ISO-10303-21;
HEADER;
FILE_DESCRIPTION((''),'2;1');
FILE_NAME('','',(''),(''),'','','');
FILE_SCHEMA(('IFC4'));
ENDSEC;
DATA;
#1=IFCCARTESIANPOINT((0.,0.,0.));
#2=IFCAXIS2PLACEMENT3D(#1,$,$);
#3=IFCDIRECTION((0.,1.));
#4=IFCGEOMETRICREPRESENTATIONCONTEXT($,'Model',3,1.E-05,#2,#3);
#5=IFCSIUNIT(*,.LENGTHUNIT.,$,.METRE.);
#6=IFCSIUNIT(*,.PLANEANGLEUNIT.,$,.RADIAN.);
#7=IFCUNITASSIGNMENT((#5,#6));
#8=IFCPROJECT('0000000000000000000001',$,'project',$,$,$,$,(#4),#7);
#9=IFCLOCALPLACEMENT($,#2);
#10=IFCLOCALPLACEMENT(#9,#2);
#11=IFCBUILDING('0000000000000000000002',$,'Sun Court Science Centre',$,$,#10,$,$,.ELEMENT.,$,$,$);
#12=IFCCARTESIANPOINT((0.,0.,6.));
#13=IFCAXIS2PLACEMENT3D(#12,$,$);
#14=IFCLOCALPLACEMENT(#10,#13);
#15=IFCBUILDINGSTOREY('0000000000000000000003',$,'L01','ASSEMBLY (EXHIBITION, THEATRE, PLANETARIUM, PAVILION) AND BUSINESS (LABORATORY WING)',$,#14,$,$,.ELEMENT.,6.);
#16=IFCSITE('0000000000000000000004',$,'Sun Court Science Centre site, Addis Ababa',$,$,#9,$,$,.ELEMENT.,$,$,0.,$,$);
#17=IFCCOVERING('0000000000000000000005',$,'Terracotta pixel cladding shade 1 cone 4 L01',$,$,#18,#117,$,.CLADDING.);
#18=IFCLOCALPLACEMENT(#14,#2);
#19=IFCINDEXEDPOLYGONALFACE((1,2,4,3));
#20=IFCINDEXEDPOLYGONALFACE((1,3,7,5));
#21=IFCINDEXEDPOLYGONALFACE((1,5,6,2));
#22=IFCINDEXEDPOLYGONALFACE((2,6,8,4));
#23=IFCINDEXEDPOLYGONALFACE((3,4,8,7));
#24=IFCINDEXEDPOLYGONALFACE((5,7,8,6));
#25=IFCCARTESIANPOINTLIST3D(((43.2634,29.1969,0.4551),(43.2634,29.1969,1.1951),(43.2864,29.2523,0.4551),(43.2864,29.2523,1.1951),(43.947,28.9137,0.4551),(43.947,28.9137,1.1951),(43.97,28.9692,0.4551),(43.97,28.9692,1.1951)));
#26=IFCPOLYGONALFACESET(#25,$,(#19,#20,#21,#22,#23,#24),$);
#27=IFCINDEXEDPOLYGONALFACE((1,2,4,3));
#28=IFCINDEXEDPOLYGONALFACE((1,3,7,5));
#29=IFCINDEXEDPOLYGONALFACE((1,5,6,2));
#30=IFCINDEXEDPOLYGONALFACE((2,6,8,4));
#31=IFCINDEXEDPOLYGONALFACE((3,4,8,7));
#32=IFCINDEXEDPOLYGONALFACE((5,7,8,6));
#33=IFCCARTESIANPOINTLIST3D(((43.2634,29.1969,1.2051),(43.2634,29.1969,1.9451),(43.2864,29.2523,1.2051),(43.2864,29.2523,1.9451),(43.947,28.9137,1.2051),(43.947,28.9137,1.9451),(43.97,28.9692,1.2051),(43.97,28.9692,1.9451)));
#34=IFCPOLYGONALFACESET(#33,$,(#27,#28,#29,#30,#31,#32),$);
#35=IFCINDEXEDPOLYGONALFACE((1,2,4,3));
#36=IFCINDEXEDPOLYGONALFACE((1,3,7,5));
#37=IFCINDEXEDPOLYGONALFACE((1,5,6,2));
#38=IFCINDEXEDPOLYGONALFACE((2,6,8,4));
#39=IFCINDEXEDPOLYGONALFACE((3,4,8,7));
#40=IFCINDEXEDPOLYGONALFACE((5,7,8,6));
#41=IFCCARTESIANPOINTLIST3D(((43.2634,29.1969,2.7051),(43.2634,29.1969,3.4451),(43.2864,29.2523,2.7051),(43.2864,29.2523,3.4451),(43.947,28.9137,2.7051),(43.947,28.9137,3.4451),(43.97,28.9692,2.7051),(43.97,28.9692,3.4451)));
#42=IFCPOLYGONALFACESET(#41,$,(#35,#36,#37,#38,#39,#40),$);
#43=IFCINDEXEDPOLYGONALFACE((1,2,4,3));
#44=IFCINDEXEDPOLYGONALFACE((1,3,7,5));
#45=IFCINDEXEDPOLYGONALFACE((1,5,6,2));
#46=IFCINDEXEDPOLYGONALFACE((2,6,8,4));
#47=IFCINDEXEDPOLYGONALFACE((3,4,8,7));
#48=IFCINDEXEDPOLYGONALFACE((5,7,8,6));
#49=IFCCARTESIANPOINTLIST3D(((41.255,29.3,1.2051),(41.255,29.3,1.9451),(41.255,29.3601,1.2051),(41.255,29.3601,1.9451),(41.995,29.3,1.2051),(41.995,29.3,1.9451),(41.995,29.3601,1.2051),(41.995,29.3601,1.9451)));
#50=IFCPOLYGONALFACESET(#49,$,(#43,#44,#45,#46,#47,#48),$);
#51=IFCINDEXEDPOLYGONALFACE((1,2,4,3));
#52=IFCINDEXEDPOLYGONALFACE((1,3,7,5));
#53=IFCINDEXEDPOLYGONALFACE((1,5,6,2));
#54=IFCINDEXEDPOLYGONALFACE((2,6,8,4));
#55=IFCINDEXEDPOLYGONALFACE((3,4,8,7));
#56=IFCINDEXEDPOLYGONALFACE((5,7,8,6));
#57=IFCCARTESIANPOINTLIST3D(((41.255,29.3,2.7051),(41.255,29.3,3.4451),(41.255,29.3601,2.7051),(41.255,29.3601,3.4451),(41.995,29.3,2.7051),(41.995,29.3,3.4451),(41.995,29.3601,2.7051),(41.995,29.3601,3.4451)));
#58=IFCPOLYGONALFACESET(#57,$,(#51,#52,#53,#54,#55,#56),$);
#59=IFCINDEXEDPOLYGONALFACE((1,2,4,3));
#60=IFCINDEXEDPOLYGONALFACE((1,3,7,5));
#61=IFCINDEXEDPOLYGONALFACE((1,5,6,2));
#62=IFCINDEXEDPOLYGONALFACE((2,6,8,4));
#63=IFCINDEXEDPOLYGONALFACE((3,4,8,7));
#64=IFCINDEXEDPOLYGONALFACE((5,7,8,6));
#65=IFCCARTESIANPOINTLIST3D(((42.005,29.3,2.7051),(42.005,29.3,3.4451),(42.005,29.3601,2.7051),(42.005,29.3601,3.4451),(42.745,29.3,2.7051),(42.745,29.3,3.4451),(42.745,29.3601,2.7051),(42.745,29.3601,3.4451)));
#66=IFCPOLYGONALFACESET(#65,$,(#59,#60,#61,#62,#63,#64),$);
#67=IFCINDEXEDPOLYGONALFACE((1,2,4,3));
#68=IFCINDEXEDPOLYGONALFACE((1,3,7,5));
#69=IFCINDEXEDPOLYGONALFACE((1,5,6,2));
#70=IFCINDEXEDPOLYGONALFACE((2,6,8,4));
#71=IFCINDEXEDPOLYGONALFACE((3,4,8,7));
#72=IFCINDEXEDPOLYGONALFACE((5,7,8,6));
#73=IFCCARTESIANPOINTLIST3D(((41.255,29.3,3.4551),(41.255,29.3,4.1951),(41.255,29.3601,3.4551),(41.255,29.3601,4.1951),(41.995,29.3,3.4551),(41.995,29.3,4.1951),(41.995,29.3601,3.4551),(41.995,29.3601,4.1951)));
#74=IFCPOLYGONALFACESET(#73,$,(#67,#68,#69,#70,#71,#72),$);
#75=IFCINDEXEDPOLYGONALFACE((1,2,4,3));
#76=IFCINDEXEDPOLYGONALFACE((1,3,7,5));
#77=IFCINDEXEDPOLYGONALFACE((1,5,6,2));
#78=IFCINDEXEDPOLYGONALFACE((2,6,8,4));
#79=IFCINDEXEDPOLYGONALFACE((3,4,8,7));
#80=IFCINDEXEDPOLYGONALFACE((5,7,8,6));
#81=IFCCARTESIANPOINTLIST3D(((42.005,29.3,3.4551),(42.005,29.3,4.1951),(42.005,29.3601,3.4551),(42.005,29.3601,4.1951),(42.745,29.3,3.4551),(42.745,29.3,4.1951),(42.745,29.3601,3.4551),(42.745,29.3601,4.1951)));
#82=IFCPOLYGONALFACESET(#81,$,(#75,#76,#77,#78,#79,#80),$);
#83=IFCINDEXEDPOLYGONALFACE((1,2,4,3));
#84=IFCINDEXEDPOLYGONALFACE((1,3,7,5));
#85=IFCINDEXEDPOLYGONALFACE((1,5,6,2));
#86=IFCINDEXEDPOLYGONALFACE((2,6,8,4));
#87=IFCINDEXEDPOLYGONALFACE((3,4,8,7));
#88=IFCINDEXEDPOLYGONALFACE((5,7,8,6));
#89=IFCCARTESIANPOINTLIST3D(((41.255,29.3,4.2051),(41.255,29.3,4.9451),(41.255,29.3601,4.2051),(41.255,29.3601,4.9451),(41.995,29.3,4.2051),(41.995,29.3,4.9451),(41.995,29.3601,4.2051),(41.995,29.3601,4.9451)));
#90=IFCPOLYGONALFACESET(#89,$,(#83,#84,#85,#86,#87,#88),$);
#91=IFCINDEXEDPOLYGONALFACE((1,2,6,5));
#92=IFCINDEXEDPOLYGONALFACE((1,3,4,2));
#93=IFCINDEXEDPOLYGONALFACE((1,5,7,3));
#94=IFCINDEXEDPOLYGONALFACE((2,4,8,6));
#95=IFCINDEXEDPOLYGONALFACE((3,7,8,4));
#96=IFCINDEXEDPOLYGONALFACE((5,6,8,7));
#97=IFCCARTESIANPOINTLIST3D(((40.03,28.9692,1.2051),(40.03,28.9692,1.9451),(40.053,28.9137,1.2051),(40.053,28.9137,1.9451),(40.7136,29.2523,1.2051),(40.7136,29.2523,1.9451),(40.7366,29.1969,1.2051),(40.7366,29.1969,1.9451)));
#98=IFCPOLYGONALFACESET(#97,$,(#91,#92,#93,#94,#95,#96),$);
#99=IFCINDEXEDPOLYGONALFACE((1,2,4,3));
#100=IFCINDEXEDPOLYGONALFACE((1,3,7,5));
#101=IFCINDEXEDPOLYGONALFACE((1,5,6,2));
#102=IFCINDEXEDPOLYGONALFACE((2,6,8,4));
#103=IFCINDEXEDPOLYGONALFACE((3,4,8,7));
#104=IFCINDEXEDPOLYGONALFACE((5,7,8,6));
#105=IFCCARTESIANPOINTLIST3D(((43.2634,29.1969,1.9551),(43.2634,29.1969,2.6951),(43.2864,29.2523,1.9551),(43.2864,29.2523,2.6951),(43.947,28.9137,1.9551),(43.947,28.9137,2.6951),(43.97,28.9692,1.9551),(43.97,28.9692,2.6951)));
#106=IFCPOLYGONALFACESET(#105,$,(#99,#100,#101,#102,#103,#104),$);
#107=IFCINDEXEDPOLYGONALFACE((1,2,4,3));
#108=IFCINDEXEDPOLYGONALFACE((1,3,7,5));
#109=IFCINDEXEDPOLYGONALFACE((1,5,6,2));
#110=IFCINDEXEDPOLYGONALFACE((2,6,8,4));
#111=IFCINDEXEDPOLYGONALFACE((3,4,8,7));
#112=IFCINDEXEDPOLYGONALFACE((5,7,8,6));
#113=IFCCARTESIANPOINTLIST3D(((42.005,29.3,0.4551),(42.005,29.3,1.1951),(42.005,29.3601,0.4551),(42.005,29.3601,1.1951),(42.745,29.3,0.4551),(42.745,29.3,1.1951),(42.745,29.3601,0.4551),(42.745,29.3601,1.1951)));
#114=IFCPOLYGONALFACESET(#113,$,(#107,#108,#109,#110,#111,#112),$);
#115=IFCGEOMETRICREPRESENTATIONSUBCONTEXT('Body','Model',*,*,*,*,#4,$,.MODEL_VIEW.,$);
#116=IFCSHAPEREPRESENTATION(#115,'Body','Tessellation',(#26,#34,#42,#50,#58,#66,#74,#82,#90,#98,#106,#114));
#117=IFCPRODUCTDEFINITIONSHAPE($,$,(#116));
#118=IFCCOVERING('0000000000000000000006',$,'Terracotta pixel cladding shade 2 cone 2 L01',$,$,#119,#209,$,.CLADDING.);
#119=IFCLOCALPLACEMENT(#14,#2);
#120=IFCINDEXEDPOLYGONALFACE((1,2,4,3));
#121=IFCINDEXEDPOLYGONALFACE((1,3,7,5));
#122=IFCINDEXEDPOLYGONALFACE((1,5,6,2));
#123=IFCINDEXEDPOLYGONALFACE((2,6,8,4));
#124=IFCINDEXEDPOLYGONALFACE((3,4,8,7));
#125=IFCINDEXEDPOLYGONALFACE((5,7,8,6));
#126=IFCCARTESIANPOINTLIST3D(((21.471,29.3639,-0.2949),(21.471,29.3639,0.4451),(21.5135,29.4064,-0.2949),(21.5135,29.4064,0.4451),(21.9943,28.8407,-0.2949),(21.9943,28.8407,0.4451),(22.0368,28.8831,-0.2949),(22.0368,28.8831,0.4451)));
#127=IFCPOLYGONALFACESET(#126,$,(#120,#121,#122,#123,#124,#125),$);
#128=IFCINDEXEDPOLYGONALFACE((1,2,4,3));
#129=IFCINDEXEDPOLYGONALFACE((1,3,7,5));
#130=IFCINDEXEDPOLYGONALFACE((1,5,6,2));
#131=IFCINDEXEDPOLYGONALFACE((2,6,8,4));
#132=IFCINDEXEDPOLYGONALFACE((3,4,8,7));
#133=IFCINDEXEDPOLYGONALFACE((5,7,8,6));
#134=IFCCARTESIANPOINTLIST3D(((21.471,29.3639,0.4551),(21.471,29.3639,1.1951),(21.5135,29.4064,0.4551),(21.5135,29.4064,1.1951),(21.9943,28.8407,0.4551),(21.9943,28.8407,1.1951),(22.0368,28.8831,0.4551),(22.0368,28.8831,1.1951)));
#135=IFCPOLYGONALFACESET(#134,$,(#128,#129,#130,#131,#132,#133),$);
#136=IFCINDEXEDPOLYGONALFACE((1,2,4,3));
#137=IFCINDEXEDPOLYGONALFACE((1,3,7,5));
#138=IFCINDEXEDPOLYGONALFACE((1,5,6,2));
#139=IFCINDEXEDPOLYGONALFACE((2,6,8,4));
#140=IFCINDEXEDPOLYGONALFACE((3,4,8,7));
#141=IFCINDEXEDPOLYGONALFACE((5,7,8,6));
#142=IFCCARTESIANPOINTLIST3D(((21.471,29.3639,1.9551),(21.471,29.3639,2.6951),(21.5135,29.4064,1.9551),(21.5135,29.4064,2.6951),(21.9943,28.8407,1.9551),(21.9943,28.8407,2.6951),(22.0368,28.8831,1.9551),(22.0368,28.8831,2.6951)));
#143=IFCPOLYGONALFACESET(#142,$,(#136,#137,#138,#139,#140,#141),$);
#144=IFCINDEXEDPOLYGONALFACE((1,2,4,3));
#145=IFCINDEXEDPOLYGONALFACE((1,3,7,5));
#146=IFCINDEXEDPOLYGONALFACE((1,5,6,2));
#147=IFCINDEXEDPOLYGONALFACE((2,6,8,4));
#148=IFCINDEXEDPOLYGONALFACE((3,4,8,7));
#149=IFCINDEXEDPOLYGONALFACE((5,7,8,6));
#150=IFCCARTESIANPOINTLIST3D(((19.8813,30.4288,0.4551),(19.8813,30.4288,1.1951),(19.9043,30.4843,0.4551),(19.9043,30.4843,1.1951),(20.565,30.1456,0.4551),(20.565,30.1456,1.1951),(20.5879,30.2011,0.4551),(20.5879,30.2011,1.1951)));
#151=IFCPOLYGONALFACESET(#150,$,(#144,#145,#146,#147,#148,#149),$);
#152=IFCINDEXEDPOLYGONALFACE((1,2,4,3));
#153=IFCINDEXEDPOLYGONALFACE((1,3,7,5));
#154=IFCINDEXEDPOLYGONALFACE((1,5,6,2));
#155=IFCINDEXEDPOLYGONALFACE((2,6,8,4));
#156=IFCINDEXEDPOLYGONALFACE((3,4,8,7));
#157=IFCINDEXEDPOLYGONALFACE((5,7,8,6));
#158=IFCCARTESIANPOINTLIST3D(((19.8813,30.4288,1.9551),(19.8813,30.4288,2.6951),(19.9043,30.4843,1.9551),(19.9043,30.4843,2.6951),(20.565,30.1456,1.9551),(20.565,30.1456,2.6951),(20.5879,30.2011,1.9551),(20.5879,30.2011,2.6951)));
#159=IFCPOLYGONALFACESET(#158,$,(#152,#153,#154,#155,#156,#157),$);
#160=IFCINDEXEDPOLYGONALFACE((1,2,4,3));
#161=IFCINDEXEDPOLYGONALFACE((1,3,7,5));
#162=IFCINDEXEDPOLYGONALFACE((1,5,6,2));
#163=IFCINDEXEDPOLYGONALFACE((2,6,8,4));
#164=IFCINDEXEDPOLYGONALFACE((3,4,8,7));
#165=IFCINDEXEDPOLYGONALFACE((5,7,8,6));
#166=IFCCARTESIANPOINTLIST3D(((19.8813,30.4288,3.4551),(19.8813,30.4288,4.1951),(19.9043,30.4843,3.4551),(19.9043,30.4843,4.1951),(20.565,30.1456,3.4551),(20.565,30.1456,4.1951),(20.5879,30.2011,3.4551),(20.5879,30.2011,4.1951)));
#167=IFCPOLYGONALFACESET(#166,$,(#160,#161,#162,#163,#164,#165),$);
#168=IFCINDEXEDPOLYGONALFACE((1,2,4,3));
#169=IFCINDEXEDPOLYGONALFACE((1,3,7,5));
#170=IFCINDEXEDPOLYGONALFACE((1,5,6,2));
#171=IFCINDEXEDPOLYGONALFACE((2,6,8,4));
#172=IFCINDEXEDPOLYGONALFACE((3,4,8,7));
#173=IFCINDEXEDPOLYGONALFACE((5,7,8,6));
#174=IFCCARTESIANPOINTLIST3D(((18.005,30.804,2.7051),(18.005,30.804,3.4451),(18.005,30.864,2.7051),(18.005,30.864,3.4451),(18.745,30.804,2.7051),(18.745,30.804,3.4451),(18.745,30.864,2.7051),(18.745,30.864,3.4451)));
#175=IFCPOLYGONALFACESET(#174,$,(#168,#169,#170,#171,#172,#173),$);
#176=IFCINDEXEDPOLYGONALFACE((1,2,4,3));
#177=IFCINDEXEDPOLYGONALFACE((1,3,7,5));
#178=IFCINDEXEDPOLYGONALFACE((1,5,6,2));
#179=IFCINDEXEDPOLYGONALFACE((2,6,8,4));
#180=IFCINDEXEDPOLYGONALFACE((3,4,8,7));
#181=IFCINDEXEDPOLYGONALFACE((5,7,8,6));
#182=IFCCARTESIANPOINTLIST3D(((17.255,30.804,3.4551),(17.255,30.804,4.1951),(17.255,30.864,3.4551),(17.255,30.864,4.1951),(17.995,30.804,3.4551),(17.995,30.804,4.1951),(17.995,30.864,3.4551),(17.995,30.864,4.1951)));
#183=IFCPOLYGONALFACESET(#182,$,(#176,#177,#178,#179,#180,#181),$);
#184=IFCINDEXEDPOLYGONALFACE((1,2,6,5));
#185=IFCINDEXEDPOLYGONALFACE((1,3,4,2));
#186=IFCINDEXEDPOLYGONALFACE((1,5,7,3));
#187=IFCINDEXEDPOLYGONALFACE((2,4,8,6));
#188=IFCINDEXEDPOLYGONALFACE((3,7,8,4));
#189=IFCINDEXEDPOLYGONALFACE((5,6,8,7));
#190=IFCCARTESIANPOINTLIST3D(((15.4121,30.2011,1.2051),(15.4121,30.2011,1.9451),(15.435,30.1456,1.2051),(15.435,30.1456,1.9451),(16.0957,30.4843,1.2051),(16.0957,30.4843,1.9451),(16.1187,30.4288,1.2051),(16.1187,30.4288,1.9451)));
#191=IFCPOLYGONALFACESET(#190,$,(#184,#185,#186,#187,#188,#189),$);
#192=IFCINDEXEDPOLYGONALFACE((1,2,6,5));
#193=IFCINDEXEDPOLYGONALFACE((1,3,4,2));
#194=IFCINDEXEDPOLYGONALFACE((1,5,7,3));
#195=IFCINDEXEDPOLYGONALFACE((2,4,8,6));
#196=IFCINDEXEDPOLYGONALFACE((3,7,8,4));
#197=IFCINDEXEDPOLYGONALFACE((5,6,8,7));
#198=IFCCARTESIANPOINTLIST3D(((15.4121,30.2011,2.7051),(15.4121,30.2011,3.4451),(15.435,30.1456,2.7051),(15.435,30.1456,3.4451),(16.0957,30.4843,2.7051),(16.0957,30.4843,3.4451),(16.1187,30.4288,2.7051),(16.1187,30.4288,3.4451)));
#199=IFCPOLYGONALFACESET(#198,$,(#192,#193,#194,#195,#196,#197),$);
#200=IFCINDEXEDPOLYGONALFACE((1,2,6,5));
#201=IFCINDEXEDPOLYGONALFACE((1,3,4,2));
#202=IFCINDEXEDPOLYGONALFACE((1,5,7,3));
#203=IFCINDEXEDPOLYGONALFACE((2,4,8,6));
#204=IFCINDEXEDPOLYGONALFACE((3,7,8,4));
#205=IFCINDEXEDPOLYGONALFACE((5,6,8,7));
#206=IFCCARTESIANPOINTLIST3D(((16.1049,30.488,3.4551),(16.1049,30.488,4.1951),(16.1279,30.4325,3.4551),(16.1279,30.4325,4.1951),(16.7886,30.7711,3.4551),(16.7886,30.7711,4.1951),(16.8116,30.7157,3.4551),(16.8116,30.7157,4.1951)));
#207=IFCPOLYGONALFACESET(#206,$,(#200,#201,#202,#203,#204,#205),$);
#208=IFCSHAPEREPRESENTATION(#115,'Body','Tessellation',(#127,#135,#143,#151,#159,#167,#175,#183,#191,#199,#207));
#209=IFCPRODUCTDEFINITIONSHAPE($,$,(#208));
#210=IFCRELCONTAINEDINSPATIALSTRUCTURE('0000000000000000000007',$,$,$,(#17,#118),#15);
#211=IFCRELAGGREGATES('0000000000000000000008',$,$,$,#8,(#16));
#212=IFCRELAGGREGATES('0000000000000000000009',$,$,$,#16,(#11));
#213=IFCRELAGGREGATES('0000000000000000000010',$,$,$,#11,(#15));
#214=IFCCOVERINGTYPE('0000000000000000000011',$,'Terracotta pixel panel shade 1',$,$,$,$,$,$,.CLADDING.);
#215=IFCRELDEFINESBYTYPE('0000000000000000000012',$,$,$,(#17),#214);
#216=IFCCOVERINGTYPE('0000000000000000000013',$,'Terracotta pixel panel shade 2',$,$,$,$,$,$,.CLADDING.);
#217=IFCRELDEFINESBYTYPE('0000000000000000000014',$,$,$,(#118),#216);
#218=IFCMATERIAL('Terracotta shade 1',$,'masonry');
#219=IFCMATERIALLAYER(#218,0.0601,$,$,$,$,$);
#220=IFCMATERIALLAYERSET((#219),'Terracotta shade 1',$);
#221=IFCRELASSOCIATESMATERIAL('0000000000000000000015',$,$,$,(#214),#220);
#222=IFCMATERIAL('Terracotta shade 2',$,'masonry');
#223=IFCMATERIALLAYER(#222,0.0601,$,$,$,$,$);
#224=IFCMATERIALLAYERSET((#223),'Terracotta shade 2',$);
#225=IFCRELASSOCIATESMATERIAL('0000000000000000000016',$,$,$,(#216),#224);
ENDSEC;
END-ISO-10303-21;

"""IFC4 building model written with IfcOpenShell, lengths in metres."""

from ifc_helpers import new_model, si_unit, direction, frame, origin, origin_2d, place, context, subcontext, project, spatial, rectangle, extrude, material, layer, layer_set, type_object, element, save


model = new_model("IFC4")

# Units and contexts
model_context = context("Model", 3, precision=1e-05, world=origin(), true_north=direction((0.0, 1.0)))
body_context = subcontext(model_context, "Body", "Model", "MODEL_VIEW")
ifc_project = project(units=[si_unit("LENGTHUNIT", "METRE"), si_unit("PLANEANGLEUNIT", "RADIAN")], contexts=[model_context])

# Site, building, storey
site_placement = place(None, origin())
site = spatial("IfcSite", under=ifc_project, at=site_placement, Name="Sun Court Science Centre site, Addis Ababa", CompositionType="ELEMENT", RefElevation=0.0)
building_placement = place(site_placement, origin())
building = spatial("IfcBuilding", under=site, at=building_placement, Name="Sun Court Science Centre", CompositionType="ELEMENT")
storey_placement = place(building_placement, frame((0.0, 0.0, 6.0)))
storey = spatial("IfcBuildingStorey", under=building, at=storey_placement, Name="L01", Description="ASSEMBLY (EXHIBITION, THEATRE, PLANETARIUM, PAVILION) AND BUSINESS (LABORATORY WING)", CompositionType="ELEMENT", Elevation=6.0)

# Coverings
ifc_material_1 = material(Name="Terracotta shade 1", Category="masonry")
ifc_layer_1 = layer(ifc_material_1, 0.0601)
ifc_layer_set_1 = layer_set([ifc_layer_1], Name="Terracotta shade 1")
covering_type_1 = type_object("IfcCoveringType", Name="Terracotta pixel panel shade 1", PredefinedType="CLADDING", material=ifc_layer_set_1)
covering_1_placement = place(storey_placement, frame((0.0, 0.0, -6.0)))
element("IfcCovering", 1, at=covering_1_placement, inside=storey, type_object=covering_type_1, Name="Terracotta pixel cladding shade 1 cone 4 L01", PredefinedType="CLADDING", context=body_context, shape_type="SweptSolid", body=[
    extrude(rectangle(XDim=0.74, YDim=0.0601, at=origin_2d()), frame((43.6167, 29.083, 6.4551), z_axis=(0.0, 0.0, 1.0), x_axis=(0.92388, -0.382683, 0.0)), (0.0, 0.0, 1.0), 0.74),
    extrude(rectangle(XDim=0.74, YDim=0.0601, at=origin_2d()), frame((43.6167, 29.083, 7.2051), z_axis=(0.0, 0.0, 1.0), x_axis=(0.92388, -0.382683, 0.0)), (0.0, 0.0, 1.0), 0.74),
    extrude(rectangle(XDim=0.74, YDim=0.0601, at=origin_2d()), frame((43.6167, 29.083, 8.7051), z_axis=(0.0, 0.0, 1.0), x_axis=(0.92388, -0.382683, 0.0)), (0.0, 0.0, 1.0), 0.74),
    extrude(rectangle(XDim=0.74, YDim=0.0601, at=origin_2d()), frame((41.625, 29.3301, 7.2051), z_axis=(0.0, 0.0, 1.0), x_axis=(1.0, 0.0, 0.0)), (0.0, 0.0, 1.0), 0.74),
    extrude(rectangle(XDim=0.74, YDim=0.0601, at=origin_2d()), frame((41.625, 29.3301, 8.7051), z_axis=(0.0, 0.0, 1.0), x_axis=(1.0, 0.0, 0.0)), (0.0, 0.0, 1.0), 0.74),
    extrude(rectangle(XDim=0.74, YDim=0.0601, at=origin_2d()), frame((42.375, 29.3301, 8.7051), z_axis=(0.0, 0.0, 1.0), x_axis=(1.0, 0.0, 0.0)), (0.0, 0.0, 1.0), 0.74),
    extrude(rectangle(XDim=0.74, YDim=0.0601, at=origin_2d()), frame((41.625, 29.3301, 9.4551), z_axis=(0.0, 0.0, 1.0), x_axis=(1.0, 0.0, 0.0)), (0.0, 0.0, 1.0), 0.74),
    extrude(rectangle(XDim=0.74, YDim=0.0601, at=origin_2d()), frame((42.375, 29.3301, 9.4551), z_axis=(0.0, 0.0, 1.0), x_axis=(1.0, 0.0, 0.0)), (0.0, 0.0, 1.0), 0.74),
    extrude(rectangle(XDim=0.74, YDim=0.0601, at=origin_2d()), frame((41.625, 29.3301, 10.2051), z_axis=(0.0, 0.0, 1.0), x_axis=(1.0, 0.0, 0.0)), (0.0, 0.0, 1.0), 0.74),
    extrude(rectangle(XDim=0.74, YDim=0.0601, at=origin_2d()), frame((40.3833, 29.083, 7.2051), z_axis=(0.0, 0.0, 1.0), x_axis=(0.92388, 0.382683, 0.0)), (0.0, 0.0, 1.0), 0.74),
    extrude(rectangle(XDim=0.74, YDim=0.0601, at=origin_2d()), frame((43.6167, 29.083, 7.9551), z_axis=(0.0, 0.0, 1.0), x_axis=(0.92388, -0.382683, 0.0)), (0.0, 0.0, 1.0), 0.74),
    extrude(rectangle(XDim=0.74, YDim=0.0601, at=origin_2d()), frame((42.375, 29.3301, 6.4551), z_axis=(0.0, 0.0, 1.0), x_axis=(1.0, 0.0, 0.0)), (0.0, 0.0, 1.0), 0.74),
])
ifc_material_2 = material(Name="Terracotta shade 2", Category="masonry")
ifc_layer_2 = layer(ifc_material_2, 0.0601)
ifc_layer_set_2 = layer_set([ifc_layer_2], Name="Terracotta shade 2")
covering_type_2 = type_object("IfcCoveringType", Name="Terracotta pixel panel shade 2", PredefinedType="CLADDING", material=ifc_layer_set_2)
covering_2_placement = place(storey_placement, frame((0.0, 0.0, -6.0)))
element("IfcCovering", 2, at=covering_2_placement, inside=storey, type_object=covering_type_2, Name="Terracotta pixel cladding shade 2 cone 2 L01", PredefinedType="CLADDING", context=body_context, shape_type="SweptSolid", body=[
    extrude(rectangle(XDim=0.74, YDim=0.0601, at=origin_2d()), frame((21.7539, 29.1235, 5.7051), z_axis=(0.0, 0.0, 1.0), x_axis=(0.707107, -0.707107, 0.0)), (0.0, 0.0, 1.0), 0.74),
    extrude(rectangle(XDim=0.74, YDim=0.0601, at=origin_2d()), frame((21.7539, 29.1235, 6.4551), z_axis=(0.0, 0.0, 1.0), x_axis=(0.707107, -0.707107, 0.0)), (0.0, 0.0, 1.0), 0.74),
    extrude(rectangle(XDim=0.74, YDim=0.0601, at=origin_2d()), frame((21.7539, 29.1235, 7.9551), z_axis=(0.0, 0.0, 1.0), x_axis=(0.707107, -0.707107, 0.0)), (0.0, 0.0, 1.0), 0.74),
    extrude(rectangle(XDim=0.74, YDim=0.0601, at=origin_2d()), frame((20.2346, 30.3149, 6.4551), z_axis=(0.0, 0.0, 1.0), x_axis=(0.92388, -0.382683, 0.0)), (0.0, 0.0, 1.0), 0.74),
    extrude(rectangle(XDim=0.74, YDim=0.0601, at=origin_2d()), frame((20.2346, 30.3149, 7.9551), z_axis=(0.0, 0.0, 1.0), x_axis=(0.92388, -0.382683, 0.0)), (0.0, 0.0, 1.0), 0.74),
    extrude(rectangle(XDim=0.74, YDim=0.0601, at=origin_2d()), frame((20.2346, 30.3149, 9.4551), z_axis=(0.0, 0.0, 1.0), x_axis=(0.92388, -0.382683, 0.0)), (0.0, 0.0, 1.0), 0.74),
    extrude(rectangle(XDim=0.74, YDim=0.0601, at=origin_2d()), frame((18.375, 30.834, 8.7051), z_axis=(0.0, 0.0, 1.0), x_axis=(1.0, 0.0, 0.0)), (0.0, 0.0, 1.0), 0.74),
    extrude(rectangle(XDim=0.74, YDim=0.0601, at=origin_2d()), frame((17.625, 30.834, 9.4551), z_axis=(0.0, 0.0, 1.0), x_axis=(1.0, 0.0, 0.0)), (0.0, 0.0, 1.0), 0.74),
    extrude(rectangle(XDim=0.74, YDim=0.0601, at=origin_2d()), frame((15.7654, 30.3149, 7.2051), z_axis=(0.0, 0.0, 1.0), x_axis=(0.92388, 0.382683, 0.0)), (0.0, 0.0, 1.0), 0.74),
    extrude(rectangle(XDim=0.74, YDim=0.0601, at=origin_2d()), frame((15.7654, 30.3149, 8.7051), z_axis=(0.0, 0.0, 1.0), x_axis=(0.92388, 0.382683, 0.0)), (0.0, 0.0, 1.0), 0.74),
    extrude(rectangle(XDim=0.74, YDim=0.0601, at=origin_2d()), frame((16.4583, 30.6018, 9.4551), z_axis=(0.0, 0.0, 1.0), x_axis=(0.92388, 0.382683, 0.0)), (0.0, 0.0, 1.0), 0.74),
])

save(model, "model.ifc")
